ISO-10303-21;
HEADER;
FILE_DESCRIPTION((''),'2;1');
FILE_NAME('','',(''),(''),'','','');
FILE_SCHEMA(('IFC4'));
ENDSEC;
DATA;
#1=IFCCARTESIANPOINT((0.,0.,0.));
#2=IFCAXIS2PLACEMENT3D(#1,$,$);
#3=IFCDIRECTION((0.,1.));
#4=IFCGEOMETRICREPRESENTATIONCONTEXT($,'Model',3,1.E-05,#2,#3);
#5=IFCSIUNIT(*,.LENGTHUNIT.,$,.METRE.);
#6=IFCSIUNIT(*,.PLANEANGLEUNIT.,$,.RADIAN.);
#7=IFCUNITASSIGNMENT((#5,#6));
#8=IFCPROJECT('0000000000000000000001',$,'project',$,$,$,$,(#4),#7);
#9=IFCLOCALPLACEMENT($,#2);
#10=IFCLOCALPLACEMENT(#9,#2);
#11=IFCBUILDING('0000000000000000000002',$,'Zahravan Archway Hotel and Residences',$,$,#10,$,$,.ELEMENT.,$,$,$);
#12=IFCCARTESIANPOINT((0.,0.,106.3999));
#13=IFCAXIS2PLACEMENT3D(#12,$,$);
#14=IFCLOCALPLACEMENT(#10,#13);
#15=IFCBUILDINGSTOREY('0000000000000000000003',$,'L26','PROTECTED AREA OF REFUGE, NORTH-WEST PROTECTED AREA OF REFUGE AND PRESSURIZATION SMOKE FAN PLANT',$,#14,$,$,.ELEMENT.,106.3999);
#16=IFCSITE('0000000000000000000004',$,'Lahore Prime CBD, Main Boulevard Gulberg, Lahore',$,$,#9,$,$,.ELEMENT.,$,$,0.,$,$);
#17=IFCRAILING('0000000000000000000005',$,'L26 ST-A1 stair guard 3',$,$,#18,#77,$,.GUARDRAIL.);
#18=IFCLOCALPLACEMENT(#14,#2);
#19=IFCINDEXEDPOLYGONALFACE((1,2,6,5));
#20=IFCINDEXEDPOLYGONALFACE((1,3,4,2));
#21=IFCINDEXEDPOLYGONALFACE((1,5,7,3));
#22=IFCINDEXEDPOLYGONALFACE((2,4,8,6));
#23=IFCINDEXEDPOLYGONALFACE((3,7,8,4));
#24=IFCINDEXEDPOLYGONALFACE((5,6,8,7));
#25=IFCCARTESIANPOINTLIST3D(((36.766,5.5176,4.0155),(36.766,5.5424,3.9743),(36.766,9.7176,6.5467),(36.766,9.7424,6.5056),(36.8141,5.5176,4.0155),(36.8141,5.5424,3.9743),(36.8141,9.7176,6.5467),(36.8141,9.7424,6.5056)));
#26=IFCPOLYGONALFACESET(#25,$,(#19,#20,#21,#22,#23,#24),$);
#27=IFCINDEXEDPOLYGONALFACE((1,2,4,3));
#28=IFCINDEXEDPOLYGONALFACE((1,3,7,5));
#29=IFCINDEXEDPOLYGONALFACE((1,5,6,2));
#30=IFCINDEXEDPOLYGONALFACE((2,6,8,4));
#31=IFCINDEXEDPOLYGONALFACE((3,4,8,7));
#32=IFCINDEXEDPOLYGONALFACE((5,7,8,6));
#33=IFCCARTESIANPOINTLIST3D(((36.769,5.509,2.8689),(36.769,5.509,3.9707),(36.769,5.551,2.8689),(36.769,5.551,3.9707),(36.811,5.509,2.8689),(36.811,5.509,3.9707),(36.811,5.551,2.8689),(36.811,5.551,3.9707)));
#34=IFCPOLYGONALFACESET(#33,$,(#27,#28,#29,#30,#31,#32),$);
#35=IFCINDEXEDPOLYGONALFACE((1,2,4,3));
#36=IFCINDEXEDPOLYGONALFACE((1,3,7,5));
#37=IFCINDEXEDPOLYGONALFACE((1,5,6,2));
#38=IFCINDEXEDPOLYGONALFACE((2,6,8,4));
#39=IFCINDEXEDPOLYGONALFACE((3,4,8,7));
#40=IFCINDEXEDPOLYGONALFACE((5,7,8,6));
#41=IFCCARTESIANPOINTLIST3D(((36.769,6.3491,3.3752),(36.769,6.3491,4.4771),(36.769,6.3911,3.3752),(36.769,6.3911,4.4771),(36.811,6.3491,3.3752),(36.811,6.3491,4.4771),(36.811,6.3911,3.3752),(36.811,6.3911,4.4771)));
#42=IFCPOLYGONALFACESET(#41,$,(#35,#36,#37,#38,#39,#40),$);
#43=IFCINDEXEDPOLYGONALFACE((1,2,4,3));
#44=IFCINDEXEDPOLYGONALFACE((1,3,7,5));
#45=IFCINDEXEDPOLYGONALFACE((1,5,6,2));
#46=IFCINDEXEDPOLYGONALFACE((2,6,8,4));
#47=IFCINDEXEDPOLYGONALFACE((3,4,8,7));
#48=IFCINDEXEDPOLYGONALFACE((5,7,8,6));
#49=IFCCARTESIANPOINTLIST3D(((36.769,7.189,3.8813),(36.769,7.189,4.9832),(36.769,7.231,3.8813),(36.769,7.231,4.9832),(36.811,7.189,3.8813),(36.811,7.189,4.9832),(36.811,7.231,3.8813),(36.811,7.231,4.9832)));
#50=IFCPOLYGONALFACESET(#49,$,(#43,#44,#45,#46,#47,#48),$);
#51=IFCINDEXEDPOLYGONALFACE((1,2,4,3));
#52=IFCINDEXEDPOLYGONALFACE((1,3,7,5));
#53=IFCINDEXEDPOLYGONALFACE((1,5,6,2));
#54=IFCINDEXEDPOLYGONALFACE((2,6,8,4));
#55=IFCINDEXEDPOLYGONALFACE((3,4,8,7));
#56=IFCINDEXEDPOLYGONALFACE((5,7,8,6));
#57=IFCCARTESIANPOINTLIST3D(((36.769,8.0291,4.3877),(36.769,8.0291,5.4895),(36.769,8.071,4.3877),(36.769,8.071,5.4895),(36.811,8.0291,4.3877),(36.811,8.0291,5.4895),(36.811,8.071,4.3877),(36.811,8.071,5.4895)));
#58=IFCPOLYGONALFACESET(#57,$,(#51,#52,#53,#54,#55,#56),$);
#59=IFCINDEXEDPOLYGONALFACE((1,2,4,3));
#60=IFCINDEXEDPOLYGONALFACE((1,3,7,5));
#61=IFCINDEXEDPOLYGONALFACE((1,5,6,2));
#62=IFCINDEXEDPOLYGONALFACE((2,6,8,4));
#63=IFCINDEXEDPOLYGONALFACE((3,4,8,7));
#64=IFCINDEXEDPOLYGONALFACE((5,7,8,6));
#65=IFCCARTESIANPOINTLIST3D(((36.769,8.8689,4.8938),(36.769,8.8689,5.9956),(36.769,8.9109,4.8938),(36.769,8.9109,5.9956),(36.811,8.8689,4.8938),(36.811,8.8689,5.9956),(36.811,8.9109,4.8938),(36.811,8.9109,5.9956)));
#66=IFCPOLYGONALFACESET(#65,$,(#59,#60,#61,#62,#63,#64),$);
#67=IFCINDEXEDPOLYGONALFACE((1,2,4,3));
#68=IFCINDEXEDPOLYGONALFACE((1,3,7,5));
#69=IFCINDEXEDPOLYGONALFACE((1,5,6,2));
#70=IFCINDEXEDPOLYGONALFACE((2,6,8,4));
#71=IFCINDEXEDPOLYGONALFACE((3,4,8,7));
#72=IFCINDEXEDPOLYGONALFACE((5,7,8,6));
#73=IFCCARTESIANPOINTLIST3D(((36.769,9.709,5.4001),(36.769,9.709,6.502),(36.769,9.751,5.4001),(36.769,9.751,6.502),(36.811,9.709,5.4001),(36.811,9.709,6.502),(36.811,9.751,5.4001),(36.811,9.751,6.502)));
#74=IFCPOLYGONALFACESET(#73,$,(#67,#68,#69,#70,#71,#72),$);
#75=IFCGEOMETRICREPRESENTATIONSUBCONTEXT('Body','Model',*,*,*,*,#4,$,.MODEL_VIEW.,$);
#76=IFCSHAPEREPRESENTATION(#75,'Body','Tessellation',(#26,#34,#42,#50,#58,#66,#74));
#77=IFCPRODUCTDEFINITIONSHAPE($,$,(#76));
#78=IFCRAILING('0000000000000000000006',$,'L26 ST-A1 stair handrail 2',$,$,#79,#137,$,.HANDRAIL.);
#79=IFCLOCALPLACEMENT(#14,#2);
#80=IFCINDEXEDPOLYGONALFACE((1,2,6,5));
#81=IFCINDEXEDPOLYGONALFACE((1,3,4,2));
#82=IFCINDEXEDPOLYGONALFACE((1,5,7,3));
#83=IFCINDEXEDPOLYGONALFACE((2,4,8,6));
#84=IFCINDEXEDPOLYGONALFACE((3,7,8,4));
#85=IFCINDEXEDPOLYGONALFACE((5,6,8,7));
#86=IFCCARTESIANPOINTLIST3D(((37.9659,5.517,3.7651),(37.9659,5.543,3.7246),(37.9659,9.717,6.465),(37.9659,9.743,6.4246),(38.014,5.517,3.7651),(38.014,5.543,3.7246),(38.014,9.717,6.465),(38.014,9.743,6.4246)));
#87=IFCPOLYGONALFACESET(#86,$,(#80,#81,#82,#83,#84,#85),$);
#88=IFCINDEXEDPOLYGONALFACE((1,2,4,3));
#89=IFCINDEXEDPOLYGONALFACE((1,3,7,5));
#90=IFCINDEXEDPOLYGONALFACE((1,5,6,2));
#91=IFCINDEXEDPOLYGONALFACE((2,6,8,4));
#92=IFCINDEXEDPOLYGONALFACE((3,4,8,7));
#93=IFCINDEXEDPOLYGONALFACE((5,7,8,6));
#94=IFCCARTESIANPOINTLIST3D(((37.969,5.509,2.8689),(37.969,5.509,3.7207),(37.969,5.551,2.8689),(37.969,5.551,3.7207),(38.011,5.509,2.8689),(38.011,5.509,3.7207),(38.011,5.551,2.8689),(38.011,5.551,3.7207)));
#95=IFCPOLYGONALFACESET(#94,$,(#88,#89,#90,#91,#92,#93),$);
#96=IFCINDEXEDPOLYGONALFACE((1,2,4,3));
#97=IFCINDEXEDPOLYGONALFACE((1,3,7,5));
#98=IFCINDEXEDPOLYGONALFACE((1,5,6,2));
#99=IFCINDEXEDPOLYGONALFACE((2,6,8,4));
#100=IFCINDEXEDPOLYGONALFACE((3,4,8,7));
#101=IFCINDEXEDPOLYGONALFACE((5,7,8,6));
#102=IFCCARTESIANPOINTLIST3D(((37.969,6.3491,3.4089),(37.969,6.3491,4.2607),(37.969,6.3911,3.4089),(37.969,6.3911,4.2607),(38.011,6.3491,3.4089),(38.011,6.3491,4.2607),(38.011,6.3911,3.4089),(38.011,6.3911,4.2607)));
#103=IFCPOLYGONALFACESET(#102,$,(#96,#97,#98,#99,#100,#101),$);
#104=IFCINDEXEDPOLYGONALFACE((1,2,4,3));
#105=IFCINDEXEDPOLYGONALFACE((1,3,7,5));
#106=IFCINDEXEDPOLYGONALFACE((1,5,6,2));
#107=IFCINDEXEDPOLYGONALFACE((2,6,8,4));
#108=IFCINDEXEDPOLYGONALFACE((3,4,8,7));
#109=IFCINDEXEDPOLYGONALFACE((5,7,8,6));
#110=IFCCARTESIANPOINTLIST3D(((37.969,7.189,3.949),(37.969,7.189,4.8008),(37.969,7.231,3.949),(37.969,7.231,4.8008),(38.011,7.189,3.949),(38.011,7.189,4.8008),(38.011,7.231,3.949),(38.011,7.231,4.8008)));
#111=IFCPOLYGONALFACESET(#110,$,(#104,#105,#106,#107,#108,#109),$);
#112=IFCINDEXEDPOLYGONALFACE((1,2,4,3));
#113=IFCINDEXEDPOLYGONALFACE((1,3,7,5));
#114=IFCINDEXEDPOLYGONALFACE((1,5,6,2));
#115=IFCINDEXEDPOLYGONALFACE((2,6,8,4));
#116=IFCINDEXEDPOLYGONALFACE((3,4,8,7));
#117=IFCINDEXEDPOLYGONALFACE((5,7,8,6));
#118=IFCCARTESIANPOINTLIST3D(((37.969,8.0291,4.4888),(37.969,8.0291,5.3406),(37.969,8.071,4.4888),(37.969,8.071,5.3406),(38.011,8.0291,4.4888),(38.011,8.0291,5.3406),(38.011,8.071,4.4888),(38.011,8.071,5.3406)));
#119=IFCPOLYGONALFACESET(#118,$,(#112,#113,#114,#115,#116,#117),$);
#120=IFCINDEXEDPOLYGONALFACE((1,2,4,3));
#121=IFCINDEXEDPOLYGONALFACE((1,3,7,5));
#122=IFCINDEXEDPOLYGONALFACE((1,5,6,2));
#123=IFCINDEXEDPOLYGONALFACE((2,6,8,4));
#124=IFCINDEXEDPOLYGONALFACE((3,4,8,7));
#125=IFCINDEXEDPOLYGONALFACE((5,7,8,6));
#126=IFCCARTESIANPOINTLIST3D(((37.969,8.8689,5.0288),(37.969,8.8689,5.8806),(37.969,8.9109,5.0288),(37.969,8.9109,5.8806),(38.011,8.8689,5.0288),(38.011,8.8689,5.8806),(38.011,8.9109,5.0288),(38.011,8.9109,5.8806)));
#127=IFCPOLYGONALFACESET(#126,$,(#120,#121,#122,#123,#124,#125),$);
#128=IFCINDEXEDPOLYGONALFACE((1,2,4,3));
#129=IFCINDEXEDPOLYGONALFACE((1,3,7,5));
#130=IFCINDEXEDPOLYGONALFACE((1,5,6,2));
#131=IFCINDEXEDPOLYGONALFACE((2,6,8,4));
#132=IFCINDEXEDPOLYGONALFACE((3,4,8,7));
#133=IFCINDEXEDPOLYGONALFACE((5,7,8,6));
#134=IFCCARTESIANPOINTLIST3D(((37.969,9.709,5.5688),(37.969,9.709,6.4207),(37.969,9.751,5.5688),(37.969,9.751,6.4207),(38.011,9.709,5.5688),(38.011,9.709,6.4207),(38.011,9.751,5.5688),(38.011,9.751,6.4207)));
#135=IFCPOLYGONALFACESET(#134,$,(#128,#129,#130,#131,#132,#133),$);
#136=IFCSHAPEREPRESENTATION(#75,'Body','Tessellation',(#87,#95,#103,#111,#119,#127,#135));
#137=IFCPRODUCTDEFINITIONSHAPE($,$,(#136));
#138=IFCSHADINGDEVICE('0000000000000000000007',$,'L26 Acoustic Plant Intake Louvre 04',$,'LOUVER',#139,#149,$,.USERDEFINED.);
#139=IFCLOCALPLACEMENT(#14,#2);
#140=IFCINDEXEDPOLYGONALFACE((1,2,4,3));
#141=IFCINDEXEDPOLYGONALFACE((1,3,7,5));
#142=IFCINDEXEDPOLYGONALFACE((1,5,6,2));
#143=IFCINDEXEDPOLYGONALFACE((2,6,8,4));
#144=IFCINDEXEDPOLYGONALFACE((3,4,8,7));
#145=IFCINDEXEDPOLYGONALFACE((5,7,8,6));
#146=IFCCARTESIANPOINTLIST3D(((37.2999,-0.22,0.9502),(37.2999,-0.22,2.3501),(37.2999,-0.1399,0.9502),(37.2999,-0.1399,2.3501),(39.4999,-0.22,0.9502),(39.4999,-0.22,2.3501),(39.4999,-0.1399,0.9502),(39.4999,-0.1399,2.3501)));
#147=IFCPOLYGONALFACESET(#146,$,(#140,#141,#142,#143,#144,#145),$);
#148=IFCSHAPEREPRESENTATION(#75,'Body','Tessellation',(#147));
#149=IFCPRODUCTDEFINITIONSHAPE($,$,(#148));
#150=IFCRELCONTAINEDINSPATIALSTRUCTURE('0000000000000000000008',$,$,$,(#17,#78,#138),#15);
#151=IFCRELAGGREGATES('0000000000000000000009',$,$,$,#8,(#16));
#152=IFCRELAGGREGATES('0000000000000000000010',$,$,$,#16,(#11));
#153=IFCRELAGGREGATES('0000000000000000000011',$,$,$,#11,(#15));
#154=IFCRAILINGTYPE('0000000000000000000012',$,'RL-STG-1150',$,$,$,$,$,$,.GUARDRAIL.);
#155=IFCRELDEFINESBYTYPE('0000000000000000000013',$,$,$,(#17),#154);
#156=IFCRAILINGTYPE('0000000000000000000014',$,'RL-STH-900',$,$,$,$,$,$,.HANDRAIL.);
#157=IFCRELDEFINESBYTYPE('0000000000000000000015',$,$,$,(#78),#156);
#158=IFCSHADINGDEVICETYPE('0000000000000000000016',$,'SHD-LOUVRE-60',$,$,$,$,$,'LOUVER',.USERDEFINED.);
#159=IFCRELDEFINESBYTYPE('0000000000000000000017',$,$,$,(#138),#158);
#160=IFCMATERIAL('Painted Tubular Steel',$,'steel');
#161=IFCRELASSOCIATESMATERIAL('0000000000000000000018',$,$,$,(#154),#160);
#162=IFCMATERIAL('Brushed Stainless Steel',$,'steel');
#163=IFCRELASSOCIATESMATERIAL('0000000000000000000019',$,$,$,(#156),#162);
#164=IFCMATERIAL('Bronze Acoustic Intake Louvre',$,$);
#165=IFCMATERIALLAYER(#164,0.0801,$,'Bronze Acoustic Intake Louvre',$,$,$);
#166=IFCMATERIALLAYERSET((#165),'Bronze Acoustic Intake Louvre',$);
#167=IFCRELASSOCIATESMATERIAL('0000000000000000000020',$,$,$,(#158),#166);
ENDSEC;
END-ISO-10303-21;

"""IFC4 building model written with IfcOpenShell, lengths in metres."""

from ifc_helpers import new_model, si_unit, direction, frame, origin, origin_2d, place, context, subcontext, project, spatial, rectangle, extrude, source, transform, mapped, material, layer, layer_set, type_object, type_shapes, element, save


model = new_model("IFC4")

# Units and contexts
model_context = context("Model", 3, precision=1e-05, world=origin(), true_north=direction((0.0, 1.0)))
body_context = subcontext(model_context, "Body", "Model", "MODEL_VIEW")
ifc_project = project(units=[si_unit("LENGTHUNIT", "METRE"), si_unit("PLANEANGLEUNIT", "RADIAN")], contexts=[model_context])

# Site, building, storey
site_placement = place(None, origin())
site = spatial("IfcSite", under=ifc_project, at=site_placement, Name="Lahore Prime CBD, Main Boulevard Gulberg, Lahore", CompositionType="ELEMENT", RefElevation=0.0)
building_placement = place(site_placement, origin())
building = spatial("IfcBuilding", under=site, at=building_placement, Name="Zahravan Archway Hotel and Residences", CompositionType="ELEMENT")
storey_placement = place(building_placement, frame((0.0, 0.0, 106.3999)))
storey = spatial("IfcBuildingStorey", under=building, at=storey_placement, Name="L26", Description="PROTECTED AREA OF REFUGE, NORTH-WEST PROTECTED AREA OF REFUGE AND PRESSURIZATION SMOKE FAN PLANT", CompositionType="ELEMENT", Elevation=106.3999)

# Railings
ifc_material_1 = material(Name="Painted Tubular Steel", Category="steel")
railing_type_1 = type_object("IfcRailingType", Name="RL-STG-1150", PredefinedType="GUARDRAIL", material=ifc_material_1)
railing_1_placement = place(storey_placement, frame((36.79, 5.53, 2.8689)))
element("IfcRailing", 1, at=railing_1_placement, inside=storey, type_object=railing_type_1, Name="L26 ST-A1 stair guard 3", PredefinedType="GUARDRAIL", context=body_context, shape_type="SweptSolid", body=[
    extrude(rectangle(XDim=0.0481, YDim=0.0481, at=origin_2d()), frame((0.0, 0.0, 1.126), z_axis=(0.0, 0.856476, 0.516186), x_axis=(-1.0, 0.0, 0.0)), (0.0, 0.0, 1.0), 4.9038),
    extrude(rectangle(XDim=0.042, YDim=0.042, at=origin_2d()), origin(), (0.0, 0.0, 1.0), 1.1018),
    extrude(rectangle(XDim=0.042, YDim=0.042, at=origin_2d()), frame((0.0, 0.8401, 0.5063)), (0.0, 0.0, 1.0), 1.1018),
    extrude(rectangle(XDim=0.042, YDim=0.042, at=origin_2d()), frame((0.0, 1.6799, 1.0125)), (0.0, 0.0, 1.0), 1.1018),
    extrude(rectangle(XDim=0.042, YDim=0.042, at=origin_2d()), frame((0.0, 2.52, 1.5188)), (0.0, 0.0, 1.0), 1.1018),
    extrude(rectangle(XDim=0.042, YDim=0.042, at=origin_2d()), frame((0.0, 3.3599, 2.0249)), (0.0, 0.0, 1.0), 1.1018),
    extrude(rectangle(XDim=0.042, YDim=0.042, at=origin_2d()), frame((0.0, 4.2, 2.5312)), (0.0, 0.0, 1.0), 1.1018),
])
ifc_material_2 = material(Name="Brushed Stainless Steel", Category="steel")
railing_type_2 = type_object("IfcRailingType", Name="RL-STH-900", PredefinedType="HANDRAIL", material=ifc_material_2)
railing_2_placement = place(storey_placement, frame((37.99, 5.53, 2.8689)))
element("IfcRailing", 2, at=railing_2_placement, inside=storey, type_object=railing_type_2, Name="L26 ST-A1 stair handrail 2", PredefinedType="HANDRAIL", context=body_context, shape_type="SweptSolid", body=[
    extrude(rectangle(XDim=0.0481, YDim=0.0481, at=origin_2d()), frame((0.0, 0.0, 0.876), z_axis=(0.0, 0.84118, 0.540755), x_axis=(-1.0, 0.0, 0.0)), (0.0, 0.0, 1.0), 4.9929),
    extrude(rectangle(XDim=0.042, YDim=0.042, at=origin_2d()), origin(), (0.0, 0.0, 1.0), 0.8518),
    extrude(rectangle(XDim=0.042, YDim=0.042, at=origin_2d()), frame((0.0, 0.8401, 0.54)), (0.0, 0.0, 1.0), 0.8518),
    extrude(rectangle(XDim=0.042, YDim=0.042, at=origin_2d()), frame((0.0, 1.6799, 1.0801)), (0.0, 0.0, 1.0), 0.8518),
    extrude(rectangle(XDim=0.042, YDim=0.042, at=origin_2d()), frame((0.0, 2.52, 1.6199)), (0.0, 0.0, 1.0), 0.8518),
    extrude(rectangle(XDim=0.042, YDim=0.042, at=origin_2d()), frame((0.0, 3.3599, 2.1599)), (0.0, 0.0, 1.0), 0.8518),
    extrude(rectangle(XDim=0.042, YDim=0.042, at=origin_2d()), frame((0.0, 4.2, 2.7)), (0.0, 0.0, 1.0), 0.8518),
])

# Shading device
ifc_material_3 = material(Name="Bronze Acoustic Intake Louvre")
ifc_layer_1 = layer(ifc_material_3, 0.0801, Name="Bronze Acoustic Intake Louvre")
ifc_layer_set_1 = layer_set([ifc_layer_1], Name="Bronze Acoustic Intake Louvre")
shading_device_type = type_object("IfcShadingDeviceType", Name="SHD-LOUVRE-60", ElementType="LOUVER", PredefinedType="USERDEFINED", material=ifc_layer_set_1)
shared_shape_1 = source(origin(), body_context, "Body", "SweptSolid", [
    extrude(rectangle(XDim=2.2, YDim=0.0801, at=origin_2d()), origin(), (0.0, 0.0, 1.0), 1.3999),
])
type_shapes(shading_device_type, [shared_shape_1])
shading_device_placement = place(storey_placement, frame((38.3999, -0.1799, 0.9502), z_axis=(0.0, 0.0, 1.0), x_axis=(1.0, 0.0, 0.0)))
element("IfcShadingDevice", 3, at=shading_device_placement, inside=storey, type_object=shading_device_type, Name="L26 Acoustic Plant Intake Louvre 04", ObjectType="LOUVER", PredefinedType="USERDEFINED", context=body_context, shape_type="MappedRepresentation", body=[
    mapped(shared_shape_1, transform((0.0, 0.0, 0.0), scale=1.0)),
])

save(model, "model.ifc")
